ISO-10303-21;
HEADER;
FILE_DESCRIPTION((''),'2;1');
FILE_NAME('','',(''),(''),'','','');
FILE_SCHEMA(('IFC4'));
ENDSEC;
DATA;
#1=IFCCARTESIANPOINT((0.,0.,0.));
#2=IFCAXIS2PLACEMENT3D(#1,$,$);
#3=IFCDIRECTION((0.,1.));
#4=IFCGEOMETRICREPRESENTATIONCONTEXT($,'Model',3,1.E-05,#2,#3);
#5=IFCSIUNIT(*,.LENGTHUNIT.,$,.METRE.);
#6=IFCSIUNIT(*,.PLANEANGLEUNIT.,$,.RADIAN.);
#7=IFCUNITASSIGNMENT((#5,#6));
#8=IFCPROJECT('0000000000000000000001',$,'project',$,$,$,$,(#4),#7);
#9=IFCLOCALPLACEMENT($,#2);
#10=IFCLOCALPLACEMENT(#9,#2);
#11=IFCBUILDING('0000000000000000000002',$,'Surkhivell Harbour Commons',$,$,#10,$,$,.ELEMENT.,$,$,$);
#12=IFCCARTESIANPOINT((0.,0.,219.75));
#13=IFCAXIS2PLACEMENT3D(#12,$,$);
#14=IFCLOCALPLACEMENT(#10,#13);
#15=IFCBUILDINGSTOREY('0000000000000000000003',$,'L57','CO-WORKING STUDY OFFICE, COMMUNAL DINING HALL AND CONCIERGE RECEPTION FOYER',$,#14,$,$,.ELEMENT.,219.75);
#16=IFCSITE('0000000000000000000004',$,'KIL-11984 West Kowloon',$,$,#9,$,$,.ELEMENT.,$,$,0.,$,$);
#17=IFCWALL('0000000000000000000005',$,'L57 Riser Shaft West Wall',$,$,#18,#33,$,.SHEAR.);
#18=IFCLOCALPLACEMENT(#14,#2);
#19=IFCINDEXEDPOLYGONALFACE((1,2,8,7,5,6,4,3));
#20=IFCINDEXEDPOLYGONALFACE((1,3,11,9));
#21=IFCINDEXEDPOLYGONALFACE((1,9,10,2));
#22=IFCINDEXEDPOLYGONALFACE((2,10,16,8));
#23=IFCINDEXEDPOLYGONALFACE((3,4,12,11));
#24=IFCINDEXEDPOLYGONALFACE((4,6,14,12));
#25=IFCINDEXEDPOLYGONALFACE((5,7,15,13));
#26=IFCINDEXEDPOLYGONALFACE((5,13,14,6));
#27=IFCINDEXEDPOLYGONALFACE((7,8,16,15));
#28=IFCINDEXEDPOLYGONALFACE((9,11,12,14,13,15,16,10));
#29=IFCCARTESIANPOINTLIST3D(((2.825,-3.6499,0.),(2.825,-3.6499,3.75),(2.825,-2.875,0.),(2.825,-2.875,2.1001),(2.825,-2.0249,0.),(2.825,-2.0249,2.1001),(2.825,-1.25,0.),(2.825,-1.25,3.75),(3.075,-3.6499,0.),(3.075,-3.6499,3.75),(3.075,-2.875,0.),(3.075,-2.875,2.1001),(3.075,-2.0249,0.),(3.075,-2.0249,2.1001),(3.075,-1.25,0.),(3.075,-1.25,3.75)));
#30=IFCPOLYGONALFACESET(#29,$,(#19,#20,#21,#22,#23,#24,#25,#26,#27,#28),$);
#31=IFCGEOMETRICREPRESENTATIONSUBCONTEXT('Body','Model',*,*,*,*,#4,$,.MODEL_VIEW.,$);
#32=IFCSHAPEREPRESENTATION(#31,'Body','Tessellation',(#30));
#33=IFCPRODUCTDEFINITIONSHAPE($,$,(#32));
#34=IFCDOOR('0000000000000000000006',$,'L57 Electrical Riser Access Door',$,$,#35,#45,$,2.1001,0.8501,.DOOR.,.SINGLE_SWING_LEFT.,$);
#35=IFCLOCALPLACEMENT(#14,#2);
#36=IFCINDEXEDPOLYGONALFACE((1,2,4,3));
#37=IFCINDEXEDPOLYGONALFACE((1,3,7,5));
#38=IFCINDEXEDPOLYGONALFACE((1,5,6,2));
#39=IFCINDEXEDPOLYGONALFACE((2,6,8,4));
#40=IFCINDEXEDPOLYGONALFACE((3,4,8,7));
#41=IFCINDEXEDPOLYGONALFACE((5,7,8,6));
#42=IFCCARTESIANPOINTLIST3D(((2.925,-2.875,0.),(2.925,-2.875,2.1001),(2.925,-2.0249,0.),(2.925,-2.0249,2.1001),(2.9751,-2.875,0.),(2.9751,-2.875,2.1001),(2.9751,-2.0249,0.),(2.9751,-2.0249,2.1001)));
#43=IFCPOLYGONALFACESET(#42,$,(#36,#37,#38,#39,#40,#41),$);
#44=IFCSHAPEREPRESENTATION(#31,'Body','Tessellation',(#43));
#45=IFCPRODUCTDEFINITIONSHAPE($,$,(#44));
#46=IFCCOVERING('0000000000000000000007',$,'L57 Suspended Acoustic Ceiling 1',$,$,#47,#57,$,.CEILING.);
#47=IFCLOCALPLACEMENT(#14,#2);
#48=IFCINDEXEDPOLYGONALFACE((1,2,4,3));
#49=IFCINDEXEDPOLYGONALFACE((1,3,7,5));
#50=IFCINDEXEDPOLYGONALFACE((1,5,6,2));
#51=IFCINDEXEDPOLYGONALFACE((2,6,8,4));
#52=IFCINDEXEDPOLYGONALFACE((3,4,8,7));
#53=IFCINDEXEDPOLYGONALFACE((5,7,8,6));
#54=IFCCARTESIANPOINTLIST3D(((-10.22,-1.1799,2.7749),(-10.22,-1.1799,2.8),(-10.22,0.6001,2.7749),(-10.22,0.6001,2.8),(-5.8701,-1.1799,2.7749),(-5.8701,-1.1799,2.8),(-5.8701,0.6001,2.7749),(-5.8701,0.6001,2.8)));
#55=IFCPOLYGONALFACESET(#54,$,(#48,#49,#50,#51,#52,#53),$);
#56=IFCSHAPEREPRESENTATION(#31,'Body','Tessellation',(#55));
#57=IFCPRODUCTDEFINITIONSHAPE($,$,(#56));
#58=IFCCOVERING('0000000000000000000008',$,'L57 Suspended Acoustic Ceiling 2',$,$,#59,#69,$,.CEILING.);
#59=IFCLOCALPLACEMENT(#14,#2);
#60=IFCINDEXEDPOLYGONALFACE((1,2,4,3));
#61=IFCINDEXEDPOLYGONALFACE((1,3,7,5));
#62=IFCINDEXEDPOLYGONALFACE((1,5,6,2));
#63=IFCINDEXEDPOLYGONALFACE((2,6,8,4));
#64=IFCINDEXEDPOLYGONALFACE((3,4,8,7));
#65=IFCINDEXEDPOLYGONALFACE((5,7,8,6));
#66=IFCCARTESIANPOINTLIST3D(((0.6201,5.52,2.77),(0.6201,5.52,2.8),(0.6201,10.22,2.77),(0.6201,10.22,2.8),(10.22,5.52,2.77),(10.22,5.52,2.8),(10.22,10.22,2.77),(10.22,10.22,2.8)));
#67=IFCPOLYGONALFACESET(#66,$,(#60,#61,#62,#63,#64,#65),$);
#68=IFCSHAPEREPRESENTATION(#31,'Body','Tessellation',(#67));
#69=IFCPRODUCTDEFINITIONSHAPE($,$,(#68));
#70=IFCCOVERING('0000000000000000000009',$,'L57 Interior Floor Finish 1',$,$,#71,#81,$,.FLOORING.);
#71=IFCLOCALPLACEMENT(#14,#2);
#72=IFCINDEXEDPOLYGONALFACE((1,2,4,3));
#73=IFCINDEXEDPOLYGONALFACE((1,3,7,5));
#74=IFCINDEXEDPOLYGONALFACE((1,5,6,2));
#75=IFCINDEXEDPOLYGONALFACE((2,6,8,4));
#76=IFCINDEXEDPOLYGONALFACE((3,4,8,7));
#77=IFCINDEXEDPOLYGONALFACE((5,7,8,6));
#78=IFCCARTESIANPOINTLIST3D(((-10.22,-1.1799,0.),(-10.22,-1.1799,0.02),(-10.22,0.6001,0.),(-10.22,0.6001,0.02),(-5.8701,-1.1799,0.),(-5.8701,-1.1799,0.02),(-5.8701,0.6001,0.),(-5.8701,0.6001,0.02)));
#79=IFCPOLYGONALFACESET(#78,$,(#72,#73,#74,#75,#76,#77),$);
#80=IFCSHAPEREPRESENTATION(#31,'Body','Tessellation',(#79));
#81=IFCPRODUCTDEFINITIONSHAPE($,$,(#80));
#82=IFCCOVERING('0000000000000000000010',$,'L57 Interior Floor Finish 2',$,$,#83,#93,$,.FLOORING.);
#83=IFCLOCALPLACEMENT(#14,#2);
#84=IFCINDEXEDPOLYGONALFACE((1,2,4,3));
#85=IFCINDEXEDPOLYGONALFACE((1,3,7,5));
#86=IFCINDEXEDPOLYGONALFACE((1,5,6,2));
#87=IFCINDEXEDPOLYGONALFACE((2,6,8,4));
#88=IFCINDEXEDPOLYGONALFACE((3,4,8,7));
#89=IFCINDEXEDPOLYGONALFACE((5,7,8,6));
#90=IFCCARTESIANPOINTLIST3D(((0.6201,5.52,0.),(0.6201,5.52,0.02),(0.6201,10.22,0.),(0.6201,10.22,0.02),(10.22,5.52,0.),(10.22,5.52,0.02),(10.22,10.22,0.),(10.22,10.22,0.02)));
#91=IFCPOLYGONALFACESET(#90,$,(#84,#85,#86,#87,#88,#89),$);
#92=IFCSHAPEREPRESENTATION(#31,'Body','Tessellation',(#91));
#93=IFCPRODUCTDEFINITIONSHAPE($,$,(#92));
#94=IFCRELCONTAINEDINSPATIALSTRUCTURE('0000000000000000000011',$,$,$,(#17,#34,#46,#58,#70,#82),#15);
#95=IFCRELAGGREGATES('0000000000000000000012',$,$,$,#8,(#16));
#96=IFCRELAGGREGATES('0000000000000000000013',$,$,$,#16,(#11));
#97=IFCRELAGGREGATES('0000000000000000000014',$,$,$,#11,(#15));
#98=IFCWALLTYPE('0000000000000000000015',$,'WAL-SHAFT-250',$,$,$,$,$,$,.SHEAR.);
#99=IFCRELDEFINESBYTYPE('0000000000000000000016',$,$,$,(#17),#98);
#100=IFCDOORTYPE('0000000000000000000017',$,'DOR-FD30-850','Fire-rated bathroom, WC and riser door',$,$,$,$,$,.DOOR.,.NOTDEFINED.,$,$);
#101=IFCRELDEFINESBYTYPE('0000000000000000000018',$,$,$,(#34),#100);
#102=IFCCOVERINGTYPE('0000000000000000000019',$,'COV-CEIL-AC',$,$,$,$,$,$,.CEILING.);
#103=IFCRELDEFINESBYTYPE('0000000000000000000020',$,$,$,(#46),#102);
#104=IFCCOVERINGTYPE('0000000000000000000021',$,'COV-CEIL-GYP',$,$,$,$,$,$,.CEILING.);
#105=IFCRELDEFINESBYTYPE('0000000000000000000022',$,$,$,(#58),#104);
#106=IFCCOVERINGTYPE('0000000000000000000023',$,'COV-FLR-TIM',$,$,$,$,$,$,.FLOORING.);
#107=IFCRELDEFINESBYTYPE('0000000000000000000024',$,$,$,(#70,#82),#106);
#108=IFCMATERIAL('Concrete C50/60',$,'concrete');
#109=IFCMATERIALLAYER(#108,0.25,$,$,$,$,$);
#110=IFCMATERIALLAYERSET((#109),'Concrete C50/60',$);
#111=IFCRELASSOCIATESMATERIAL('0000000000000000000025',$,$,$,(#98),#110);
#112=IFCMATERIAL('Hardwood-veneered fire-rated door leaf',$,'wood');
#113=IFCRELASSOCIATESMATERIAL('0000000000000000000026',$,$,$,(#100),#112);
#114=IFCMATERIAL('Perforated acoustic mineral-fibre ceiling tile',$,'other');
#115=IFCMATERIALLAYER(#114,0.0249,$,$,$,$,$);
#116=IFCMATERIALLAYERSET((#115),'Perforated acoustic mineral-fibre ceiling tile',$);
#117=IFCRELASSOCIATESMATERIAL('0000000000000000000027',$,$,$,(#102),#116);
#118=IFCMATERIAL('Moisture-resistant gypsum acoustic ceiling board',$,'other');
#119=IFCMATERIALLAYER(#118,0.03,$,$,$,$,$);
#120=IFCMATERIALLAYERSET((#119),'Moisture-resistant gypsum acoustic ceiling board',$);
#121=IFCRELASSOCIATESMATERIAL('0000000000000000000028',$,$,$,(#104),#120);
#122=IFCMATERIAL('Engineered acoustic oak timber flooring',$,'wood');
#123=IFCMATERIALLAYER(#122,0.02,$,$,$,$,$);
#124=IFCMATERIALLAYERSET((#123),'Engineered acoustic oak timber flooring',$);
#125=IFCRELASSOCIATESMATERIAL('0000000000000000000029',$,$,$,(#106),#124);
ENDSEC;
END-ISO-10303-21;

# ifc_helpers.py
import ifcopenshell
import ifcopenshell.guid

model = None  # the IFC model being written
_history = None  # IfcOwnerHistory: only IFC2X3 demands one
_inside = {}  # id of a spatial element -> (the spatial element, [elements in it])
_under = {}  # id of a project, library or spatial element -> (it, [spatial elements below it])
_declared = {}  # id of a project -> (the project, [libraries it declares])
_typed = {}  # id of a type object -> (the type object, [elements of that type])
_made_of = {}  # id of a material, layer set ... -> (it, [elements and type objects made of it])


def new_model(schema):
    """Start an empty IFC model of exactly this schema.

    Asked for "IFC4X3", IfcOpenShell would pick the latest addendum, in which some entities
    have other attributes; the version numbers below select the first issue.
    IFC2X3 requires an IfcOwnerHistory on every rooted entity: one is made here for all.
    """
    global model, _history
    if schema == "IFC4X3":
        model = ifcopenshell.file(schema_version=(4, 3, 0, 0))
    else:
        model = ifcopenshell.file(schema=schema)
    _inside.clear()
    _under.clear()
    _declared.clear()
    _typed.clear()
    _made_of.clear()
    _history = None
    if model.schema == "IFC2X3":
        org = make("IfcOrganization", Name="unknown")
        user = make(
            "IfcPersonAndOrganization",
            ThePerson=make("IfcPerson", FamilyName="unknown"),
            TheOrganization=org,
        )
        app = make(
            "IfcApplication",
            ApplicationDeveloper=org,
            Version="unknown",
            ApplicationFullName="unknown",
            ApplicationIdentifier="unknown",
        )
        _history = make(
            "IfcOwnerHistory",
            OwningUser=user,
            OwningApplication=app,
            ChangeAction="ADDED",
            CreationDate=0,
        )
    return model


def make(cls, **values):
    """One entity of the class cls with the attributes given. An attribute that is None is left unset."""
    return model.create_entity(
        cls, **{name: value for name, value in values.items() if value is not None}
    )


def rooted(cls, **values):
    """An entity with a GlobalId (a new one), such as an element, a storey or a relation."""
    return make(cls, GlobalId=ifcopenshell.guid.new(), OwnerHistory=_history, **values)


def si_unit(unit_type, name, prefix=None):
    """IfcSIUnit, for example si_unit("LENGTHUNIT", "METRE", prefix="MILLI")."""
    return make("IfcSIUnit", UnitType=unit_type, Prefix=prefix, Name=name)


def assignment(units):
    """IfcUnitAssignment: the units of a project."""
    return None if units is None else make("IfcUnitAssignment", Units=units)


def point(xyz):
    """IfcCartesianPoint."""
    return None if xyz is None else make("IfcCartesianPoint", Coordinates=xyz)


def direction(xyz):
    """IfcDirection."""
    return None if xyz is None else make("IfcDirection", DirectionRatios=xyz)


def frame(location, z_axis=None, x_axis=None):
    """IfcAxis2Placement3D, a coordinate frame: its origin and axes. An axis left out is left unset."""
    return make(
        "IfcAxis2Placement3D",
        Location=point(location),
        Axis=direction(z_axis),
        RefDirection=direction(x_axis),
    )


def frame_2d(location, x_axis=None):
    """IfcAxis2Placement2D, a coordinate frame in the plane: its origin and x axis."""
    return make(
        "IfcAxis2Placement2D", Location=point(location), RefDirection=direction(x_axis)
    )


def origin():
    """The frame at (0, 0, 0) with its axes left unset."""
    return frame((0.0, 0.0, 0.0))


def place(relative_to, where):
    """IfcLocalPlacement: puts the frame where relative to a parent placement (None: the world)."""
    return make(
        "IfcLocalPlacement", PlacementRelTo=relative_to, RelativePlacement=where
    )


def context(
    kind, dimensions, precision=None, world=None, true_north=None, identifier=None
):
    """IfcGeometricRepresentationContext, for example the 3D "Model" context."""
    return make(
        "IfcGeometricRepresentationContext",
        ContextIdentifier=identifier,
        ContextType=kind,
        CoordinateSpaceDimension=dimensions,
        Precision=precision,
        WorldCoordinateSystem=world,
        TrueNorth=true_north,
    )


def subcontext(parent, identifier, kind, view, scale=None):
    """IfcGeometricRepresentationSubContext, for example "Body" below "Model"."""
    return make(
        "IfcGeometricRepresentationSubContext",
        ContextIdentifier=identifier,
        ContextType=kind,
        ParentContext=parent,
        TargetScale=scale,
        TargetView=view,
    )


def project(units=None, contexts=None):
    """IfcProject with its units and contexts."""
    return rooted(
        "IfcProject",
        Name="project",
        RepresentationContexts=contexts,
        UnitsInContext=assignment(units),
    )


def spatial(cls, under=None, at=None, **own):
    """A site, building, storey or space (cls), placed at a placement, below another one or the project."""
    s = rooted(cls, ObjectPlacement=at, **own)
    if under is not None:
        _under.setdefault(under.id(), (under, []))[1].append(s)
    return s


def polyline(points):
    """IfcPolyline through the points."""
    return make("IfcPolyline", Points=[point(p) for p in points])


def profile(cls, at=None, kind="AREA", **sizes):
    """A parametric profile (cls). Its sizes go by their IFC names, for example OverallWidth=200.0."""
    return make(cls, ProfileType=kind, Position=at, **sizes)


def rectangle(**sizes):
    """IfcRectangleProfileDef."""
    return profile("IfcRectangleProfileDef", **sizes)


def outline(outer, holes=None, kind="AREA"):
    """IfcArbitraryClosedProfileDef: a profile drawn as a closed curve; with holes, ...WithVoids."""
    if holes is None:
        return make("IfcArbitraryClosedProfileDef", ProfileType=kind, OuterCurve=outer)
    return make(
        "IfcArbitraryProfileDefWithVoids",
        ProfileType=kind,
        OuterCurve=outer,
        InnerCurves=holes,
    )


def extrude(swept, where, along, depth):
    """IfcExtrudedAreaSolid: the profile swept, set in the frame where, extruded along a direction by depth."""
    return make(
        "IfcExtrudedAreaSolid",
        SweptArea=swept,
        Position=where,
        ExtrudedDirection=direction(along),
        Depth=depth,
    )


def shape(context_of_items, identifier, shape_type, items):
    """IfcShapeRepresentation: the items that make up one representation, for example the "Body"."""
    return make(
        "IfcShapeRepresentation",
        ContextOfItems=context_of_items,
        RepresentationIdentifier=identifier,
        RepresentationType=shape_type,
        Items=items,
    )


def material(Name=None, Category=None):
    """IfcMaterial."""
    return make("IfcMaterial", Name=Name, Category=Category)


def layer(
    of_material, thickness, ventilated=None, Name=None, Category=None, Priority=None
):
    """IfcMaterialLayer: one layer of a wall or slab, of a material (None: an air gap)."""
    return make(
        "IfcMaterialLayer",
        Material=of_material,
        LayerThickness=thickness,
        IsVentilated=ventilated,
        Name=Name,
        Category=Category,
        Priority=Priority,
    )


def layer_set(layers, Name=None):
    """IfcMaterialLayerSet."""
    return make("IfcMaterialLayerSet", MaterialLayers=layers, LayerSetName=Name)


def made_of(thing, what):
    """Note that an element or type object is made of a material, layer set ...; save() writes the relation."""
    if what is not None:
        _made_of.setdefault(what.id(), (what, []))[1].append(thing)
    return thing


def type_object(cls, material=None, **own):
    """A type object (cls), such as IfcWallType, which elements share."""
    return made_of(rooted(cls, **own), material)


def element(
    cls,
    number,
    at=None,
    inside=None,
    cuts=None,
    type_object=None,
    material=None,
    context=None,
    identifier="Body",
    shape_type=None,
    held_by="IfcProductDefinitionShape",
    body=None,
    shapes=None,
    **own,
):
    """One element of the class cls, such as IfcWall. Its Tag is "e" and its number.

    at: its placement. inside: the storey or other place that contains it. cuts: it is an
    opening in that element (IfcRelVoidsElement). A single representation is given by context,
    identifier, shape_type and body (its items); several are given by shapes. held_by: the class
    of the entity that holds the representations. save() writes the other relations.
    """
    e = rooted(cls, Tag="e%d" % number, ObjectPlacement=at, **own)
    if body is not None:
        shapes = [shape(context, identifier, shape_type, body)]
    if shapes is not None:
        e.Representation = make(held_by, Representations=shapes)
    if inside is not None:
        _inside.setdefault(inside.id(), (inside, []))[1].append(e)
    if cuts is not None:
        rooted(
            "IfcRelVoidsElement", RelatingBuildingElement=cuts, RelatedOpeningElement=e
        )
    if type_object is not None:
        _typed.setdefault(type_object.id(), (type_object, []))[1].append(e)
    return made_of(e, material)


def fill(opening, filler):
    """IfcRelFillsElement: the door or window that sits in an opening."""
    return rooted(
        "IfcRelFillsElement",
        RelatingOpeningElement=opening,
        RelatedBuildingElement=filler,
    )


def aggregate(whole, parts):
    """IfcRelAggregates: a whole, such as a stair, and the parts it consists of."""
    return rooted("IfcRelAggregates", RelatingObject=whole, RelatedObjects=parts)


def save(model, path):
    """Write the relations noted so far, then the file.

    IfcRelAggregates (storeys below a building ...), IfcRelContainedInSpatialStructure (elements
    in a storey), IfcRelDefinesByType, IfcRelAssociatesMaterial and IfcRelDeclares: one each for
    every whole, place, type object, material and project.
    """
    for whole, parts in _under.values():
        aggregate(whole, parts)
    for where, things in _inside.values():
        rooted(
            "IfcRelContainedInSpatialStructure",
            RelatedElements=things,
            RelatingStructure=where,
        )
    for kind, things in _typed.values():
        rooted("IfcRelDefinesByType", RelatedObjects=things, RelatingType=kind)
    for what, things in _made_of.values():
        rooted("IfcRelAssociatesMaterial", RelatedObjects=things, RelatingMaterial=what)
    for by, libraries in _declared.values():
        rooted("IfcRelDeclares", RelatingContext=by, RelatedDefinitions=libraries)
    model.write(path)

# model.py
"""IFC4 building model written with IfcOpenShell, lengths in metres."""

from ifc_helpers import new_model, si_unit, direction, frame, frame_2d, origin, place, context, subcontext, project, spatial, polyline, rectangle, outline, extrude, material, layer, layer_set, type_object, element, fill, save


model = new_model("IFC4")

# Units and contexts
model_context = context("Model", 3, precision=1e-05, world=origin(), true_north=direction((0.0, 1.0)))
body_context = subcontext(model_context, "Body", "Model", "MODEL_VIEW")
ifc_project = project(units=[si_unit("LENGTHUNIT", "METRE"), si_unit("PLANEANGLEUNIT", "RADIAN")], contexts=[model_context])

# Site, building, storey
site_placement = place(None, origin())
site = spatial("IfcSite", under=ifc_project, at=site_placement, Name="KIL-11984 West Kowloon", CompositionType="ELEMENT", RefElevation=0.0)
building_placement = place(site_placement, origin())
building = spatial("IfcBuilding", under=site, at=building_placement, Name="Surkhivell Harbour Commons", CompositionType="ELEMENT")
storey_placement = place(building_placement, frame((0.0, 0.0, 219.75)))
storey = spatial("IfcBuildingStorey", under=building, at=storey_placement, Name="L57", Description="CO-WORKING STUDY OFFICE, COMMUNAL DINING HALL AND CONCIERGE RECEPTION FOYER", CompositionType="ELEMENT", Elevation=219.75)

# Shared definitions
ifc_material_1 = material(Name="Concrete C50/60", Category="concrete")
ifc_layer_1 = layer(ifc_material_1, 0.25)
ifc_layer_set_1 = layer_set([ifc_layer_1], Name="Concrete C50/60")
wall_type = type_object("IfcWallType", Name="WAL-SHAFT-250", PredefinedType="SHEAR", material=ifc_layer_set_1)

# Wall, opening, door
wall_1_placement = place(storey_placement, frame((2.95, -3.6499, 0.0), z_axis=(0.0, 0.0, 1.0), x_axis=(0.0, 1.0, 0.0)))
wall_1 = element("IfcWall", 1, at=wall_1_placement, inside=storey, type_object=wall_type, Name="L57 Riser Shaft West Wall", PredefinedType="SHEAR", context=body_context, shape_type="SweptSolid", body=[
    extrude(rectangle(XDim=2.3999, YDim=0.25, at=frame_2d((1.2, 0.0))), origin(), (0.0, 0.0, 1.0), 3.75),
])
opening_1_placement = place(wall_1_placement, frame((0.7749, 0.0, 0.0)))
opening_1 = element("IfcOpeningElement", 2, at=opening_1_placement, cuts=wall_1, PredefinedType="OPENING", context=body_context, shape_type="SweptSolid", body=[
    extrude(rectangle(XDim=0.8501, YDim=2.1001, at=frame_2d((0.425, 1.05))), frame((0.0, 0.135, 0.0), z_axis=(0.0, -1.0, 0.0), x_axis=(1.0, 0.0, 0.0)), (0.0, 0.0, 1.0), 0.27),
])
ifc_material_2 = material(Name="Hardwood-veneered fire-rated door leaf", Category="wood")
door_type_1 = type_object("IfcDoorType", Name="DOR-FD30-850", Description="Fire-rated bathroom, WC and riser door", OperationType="NOTDEFINED", PredefinedType="DOOR", material=ifc_material_2)
door_1_placement = place(opening_1_placement, origin())
door_1 = element("IfcDoor", 3, at=door_1_placement, inside=storey, type_object=door_type_1, Name="L57 Electrical Riser Access Door", OperationType="SINGLE_SWING_LEFT", OverallHeight=2.1001, OverallWidth=0.8501, PredefinedType="DOOR", context=body_context, shape_type="SweptSolid", body=[
    extrude(rectangle(XDim=0.8501, YDim=2.1001, at=frame_2d((0.425, 1.05))), frame((0.0, 0.0249, 0.0), z_axis=(0.0, -1.0, 0.0), x_axis=(1.0, 0.0, 0.0)), (0.0, 0.0, 1.0), 0.05),
])
fill(opening_1, door_1)

# Coverings
ifc_material_3 = material(Name="Perforated acoustic mineral-fibre ceiling tile", Category="other")
ifc_layer_2 = layer(ifc_material_3, 0.0249)
ifc_layer_set_2 = layer_set([ifc_layer_2], Name="Perforated acoustic mineral-fibre ceiling tile")
covering_type_1 = type_object("IfcCoveringType", Name="COV-CEIL-AC", PredefinedType="CEILING", material=ifc_layer_set_2)
covering_1_placement = place(storey_placement, frame((0.0, 0.0, 2.7749)))
element("IfcCovering", 4, at=covering_1_placement, inside=storey, type_object=covering_type_1, Name="L57 Suspended Acoustic Ceiling 1", PredefinedType="CEILING", context=body_context, shape_type="SweptSolid", body=[
    extrude(outline(polyline([(-10.22, -1.1799), (-5.8701, -1.1799), (-5.8701, 0.6001), (-10.22, 0.6001), (-10.22, -1.1799)])), origin(), (0.0, 0.0, 1.0), 0.0251),
])
ifc_material_4 = material(Name="Moisture-resistant gypsum acoustic ceiling board", Category="other")
ifc_layer_3 = layer(ifc_material_4, 0.03)
ifc_layer_set_3 = layer_set([ifc_layer_3], Name="Moisture-resistant gypsum acoustic ceiling board")
covering_type_2 = type_object("IfcCoveringType", Name="COV-CEIL-GYP", PredefinedType="CEILING", material=ifc_layer_set_3)
covering_2_placement = place(storey_placement, frame((0.0, 0.0, 2.77)))
element("IfcCovering", 5, at=covering_2_placement, inside=storey, type_object=covering_type_2, Name="L57 Suspended Acoustic Ceiling 2", PredefinedType="CEILING", context=body_context, shape_type="SweptSolid", body=[
    extrude(outline(polyline([(0.6201, 5.52), (10.22, 5.52), (10.22, 10.22), (0.6201, 10.22), (0.6201, 5.52)])), origin(), (0.0, 0.0, 1.0), 0.03),
])
ifc_material_5 = material(Name="Engineered acoustic oak timber flooring", Category="wood")
ifc_layer_4 = layer(ifc_material_5, 0.02)
ifc_layer_set_4 = layer_set([ifc_layer_4], Name="Engineered acoustic oak timber flooring")
covering_type_3 = type_object("IfcCoveringType", Name="COV-FLR-TIM", PredefinedType="FLOORING", material=ifc_layer_set_4)
covering_3_placement = place(storey_placement, origin())
element("IfcCovering", 6, at=covering_3_placement, inside=storey, type_object=covering_type_3, Name="L57 Interior Floor Finish 1", PredefinedType="FLOORING", context=body_context, shape_type="SweptSolid", body=[
    extrude(outline(polyline([(-10.22, -1.1799), (-5.8701, -1.1799), (-5.8701, 0.6001), (-10.22, 0.6001), (-10.22, -1.1799)])), origin(), (0.0, 0.0, 1.0), 0.02),
])
covering_4_placement = place(storey_placement, origin())
element("IfcCovering", 7, at=covering_4_placement, inside=storey, type_object=covering_type_3, Name="L57 Interior Floor Finish 2", PredefinedType="FLOORING", context=body_context, shape_type="SweptSolid", body=[
    extrude(outline(polyline([(0.6201, 5.52), (10.22, 5.52), (10.22, 10.22), (0.6201, 10.22), (0.6201, 5.52)])), origin(), (0.0, 0.0, 1.0), 0.02),
])

save(model, "model.ifc")
